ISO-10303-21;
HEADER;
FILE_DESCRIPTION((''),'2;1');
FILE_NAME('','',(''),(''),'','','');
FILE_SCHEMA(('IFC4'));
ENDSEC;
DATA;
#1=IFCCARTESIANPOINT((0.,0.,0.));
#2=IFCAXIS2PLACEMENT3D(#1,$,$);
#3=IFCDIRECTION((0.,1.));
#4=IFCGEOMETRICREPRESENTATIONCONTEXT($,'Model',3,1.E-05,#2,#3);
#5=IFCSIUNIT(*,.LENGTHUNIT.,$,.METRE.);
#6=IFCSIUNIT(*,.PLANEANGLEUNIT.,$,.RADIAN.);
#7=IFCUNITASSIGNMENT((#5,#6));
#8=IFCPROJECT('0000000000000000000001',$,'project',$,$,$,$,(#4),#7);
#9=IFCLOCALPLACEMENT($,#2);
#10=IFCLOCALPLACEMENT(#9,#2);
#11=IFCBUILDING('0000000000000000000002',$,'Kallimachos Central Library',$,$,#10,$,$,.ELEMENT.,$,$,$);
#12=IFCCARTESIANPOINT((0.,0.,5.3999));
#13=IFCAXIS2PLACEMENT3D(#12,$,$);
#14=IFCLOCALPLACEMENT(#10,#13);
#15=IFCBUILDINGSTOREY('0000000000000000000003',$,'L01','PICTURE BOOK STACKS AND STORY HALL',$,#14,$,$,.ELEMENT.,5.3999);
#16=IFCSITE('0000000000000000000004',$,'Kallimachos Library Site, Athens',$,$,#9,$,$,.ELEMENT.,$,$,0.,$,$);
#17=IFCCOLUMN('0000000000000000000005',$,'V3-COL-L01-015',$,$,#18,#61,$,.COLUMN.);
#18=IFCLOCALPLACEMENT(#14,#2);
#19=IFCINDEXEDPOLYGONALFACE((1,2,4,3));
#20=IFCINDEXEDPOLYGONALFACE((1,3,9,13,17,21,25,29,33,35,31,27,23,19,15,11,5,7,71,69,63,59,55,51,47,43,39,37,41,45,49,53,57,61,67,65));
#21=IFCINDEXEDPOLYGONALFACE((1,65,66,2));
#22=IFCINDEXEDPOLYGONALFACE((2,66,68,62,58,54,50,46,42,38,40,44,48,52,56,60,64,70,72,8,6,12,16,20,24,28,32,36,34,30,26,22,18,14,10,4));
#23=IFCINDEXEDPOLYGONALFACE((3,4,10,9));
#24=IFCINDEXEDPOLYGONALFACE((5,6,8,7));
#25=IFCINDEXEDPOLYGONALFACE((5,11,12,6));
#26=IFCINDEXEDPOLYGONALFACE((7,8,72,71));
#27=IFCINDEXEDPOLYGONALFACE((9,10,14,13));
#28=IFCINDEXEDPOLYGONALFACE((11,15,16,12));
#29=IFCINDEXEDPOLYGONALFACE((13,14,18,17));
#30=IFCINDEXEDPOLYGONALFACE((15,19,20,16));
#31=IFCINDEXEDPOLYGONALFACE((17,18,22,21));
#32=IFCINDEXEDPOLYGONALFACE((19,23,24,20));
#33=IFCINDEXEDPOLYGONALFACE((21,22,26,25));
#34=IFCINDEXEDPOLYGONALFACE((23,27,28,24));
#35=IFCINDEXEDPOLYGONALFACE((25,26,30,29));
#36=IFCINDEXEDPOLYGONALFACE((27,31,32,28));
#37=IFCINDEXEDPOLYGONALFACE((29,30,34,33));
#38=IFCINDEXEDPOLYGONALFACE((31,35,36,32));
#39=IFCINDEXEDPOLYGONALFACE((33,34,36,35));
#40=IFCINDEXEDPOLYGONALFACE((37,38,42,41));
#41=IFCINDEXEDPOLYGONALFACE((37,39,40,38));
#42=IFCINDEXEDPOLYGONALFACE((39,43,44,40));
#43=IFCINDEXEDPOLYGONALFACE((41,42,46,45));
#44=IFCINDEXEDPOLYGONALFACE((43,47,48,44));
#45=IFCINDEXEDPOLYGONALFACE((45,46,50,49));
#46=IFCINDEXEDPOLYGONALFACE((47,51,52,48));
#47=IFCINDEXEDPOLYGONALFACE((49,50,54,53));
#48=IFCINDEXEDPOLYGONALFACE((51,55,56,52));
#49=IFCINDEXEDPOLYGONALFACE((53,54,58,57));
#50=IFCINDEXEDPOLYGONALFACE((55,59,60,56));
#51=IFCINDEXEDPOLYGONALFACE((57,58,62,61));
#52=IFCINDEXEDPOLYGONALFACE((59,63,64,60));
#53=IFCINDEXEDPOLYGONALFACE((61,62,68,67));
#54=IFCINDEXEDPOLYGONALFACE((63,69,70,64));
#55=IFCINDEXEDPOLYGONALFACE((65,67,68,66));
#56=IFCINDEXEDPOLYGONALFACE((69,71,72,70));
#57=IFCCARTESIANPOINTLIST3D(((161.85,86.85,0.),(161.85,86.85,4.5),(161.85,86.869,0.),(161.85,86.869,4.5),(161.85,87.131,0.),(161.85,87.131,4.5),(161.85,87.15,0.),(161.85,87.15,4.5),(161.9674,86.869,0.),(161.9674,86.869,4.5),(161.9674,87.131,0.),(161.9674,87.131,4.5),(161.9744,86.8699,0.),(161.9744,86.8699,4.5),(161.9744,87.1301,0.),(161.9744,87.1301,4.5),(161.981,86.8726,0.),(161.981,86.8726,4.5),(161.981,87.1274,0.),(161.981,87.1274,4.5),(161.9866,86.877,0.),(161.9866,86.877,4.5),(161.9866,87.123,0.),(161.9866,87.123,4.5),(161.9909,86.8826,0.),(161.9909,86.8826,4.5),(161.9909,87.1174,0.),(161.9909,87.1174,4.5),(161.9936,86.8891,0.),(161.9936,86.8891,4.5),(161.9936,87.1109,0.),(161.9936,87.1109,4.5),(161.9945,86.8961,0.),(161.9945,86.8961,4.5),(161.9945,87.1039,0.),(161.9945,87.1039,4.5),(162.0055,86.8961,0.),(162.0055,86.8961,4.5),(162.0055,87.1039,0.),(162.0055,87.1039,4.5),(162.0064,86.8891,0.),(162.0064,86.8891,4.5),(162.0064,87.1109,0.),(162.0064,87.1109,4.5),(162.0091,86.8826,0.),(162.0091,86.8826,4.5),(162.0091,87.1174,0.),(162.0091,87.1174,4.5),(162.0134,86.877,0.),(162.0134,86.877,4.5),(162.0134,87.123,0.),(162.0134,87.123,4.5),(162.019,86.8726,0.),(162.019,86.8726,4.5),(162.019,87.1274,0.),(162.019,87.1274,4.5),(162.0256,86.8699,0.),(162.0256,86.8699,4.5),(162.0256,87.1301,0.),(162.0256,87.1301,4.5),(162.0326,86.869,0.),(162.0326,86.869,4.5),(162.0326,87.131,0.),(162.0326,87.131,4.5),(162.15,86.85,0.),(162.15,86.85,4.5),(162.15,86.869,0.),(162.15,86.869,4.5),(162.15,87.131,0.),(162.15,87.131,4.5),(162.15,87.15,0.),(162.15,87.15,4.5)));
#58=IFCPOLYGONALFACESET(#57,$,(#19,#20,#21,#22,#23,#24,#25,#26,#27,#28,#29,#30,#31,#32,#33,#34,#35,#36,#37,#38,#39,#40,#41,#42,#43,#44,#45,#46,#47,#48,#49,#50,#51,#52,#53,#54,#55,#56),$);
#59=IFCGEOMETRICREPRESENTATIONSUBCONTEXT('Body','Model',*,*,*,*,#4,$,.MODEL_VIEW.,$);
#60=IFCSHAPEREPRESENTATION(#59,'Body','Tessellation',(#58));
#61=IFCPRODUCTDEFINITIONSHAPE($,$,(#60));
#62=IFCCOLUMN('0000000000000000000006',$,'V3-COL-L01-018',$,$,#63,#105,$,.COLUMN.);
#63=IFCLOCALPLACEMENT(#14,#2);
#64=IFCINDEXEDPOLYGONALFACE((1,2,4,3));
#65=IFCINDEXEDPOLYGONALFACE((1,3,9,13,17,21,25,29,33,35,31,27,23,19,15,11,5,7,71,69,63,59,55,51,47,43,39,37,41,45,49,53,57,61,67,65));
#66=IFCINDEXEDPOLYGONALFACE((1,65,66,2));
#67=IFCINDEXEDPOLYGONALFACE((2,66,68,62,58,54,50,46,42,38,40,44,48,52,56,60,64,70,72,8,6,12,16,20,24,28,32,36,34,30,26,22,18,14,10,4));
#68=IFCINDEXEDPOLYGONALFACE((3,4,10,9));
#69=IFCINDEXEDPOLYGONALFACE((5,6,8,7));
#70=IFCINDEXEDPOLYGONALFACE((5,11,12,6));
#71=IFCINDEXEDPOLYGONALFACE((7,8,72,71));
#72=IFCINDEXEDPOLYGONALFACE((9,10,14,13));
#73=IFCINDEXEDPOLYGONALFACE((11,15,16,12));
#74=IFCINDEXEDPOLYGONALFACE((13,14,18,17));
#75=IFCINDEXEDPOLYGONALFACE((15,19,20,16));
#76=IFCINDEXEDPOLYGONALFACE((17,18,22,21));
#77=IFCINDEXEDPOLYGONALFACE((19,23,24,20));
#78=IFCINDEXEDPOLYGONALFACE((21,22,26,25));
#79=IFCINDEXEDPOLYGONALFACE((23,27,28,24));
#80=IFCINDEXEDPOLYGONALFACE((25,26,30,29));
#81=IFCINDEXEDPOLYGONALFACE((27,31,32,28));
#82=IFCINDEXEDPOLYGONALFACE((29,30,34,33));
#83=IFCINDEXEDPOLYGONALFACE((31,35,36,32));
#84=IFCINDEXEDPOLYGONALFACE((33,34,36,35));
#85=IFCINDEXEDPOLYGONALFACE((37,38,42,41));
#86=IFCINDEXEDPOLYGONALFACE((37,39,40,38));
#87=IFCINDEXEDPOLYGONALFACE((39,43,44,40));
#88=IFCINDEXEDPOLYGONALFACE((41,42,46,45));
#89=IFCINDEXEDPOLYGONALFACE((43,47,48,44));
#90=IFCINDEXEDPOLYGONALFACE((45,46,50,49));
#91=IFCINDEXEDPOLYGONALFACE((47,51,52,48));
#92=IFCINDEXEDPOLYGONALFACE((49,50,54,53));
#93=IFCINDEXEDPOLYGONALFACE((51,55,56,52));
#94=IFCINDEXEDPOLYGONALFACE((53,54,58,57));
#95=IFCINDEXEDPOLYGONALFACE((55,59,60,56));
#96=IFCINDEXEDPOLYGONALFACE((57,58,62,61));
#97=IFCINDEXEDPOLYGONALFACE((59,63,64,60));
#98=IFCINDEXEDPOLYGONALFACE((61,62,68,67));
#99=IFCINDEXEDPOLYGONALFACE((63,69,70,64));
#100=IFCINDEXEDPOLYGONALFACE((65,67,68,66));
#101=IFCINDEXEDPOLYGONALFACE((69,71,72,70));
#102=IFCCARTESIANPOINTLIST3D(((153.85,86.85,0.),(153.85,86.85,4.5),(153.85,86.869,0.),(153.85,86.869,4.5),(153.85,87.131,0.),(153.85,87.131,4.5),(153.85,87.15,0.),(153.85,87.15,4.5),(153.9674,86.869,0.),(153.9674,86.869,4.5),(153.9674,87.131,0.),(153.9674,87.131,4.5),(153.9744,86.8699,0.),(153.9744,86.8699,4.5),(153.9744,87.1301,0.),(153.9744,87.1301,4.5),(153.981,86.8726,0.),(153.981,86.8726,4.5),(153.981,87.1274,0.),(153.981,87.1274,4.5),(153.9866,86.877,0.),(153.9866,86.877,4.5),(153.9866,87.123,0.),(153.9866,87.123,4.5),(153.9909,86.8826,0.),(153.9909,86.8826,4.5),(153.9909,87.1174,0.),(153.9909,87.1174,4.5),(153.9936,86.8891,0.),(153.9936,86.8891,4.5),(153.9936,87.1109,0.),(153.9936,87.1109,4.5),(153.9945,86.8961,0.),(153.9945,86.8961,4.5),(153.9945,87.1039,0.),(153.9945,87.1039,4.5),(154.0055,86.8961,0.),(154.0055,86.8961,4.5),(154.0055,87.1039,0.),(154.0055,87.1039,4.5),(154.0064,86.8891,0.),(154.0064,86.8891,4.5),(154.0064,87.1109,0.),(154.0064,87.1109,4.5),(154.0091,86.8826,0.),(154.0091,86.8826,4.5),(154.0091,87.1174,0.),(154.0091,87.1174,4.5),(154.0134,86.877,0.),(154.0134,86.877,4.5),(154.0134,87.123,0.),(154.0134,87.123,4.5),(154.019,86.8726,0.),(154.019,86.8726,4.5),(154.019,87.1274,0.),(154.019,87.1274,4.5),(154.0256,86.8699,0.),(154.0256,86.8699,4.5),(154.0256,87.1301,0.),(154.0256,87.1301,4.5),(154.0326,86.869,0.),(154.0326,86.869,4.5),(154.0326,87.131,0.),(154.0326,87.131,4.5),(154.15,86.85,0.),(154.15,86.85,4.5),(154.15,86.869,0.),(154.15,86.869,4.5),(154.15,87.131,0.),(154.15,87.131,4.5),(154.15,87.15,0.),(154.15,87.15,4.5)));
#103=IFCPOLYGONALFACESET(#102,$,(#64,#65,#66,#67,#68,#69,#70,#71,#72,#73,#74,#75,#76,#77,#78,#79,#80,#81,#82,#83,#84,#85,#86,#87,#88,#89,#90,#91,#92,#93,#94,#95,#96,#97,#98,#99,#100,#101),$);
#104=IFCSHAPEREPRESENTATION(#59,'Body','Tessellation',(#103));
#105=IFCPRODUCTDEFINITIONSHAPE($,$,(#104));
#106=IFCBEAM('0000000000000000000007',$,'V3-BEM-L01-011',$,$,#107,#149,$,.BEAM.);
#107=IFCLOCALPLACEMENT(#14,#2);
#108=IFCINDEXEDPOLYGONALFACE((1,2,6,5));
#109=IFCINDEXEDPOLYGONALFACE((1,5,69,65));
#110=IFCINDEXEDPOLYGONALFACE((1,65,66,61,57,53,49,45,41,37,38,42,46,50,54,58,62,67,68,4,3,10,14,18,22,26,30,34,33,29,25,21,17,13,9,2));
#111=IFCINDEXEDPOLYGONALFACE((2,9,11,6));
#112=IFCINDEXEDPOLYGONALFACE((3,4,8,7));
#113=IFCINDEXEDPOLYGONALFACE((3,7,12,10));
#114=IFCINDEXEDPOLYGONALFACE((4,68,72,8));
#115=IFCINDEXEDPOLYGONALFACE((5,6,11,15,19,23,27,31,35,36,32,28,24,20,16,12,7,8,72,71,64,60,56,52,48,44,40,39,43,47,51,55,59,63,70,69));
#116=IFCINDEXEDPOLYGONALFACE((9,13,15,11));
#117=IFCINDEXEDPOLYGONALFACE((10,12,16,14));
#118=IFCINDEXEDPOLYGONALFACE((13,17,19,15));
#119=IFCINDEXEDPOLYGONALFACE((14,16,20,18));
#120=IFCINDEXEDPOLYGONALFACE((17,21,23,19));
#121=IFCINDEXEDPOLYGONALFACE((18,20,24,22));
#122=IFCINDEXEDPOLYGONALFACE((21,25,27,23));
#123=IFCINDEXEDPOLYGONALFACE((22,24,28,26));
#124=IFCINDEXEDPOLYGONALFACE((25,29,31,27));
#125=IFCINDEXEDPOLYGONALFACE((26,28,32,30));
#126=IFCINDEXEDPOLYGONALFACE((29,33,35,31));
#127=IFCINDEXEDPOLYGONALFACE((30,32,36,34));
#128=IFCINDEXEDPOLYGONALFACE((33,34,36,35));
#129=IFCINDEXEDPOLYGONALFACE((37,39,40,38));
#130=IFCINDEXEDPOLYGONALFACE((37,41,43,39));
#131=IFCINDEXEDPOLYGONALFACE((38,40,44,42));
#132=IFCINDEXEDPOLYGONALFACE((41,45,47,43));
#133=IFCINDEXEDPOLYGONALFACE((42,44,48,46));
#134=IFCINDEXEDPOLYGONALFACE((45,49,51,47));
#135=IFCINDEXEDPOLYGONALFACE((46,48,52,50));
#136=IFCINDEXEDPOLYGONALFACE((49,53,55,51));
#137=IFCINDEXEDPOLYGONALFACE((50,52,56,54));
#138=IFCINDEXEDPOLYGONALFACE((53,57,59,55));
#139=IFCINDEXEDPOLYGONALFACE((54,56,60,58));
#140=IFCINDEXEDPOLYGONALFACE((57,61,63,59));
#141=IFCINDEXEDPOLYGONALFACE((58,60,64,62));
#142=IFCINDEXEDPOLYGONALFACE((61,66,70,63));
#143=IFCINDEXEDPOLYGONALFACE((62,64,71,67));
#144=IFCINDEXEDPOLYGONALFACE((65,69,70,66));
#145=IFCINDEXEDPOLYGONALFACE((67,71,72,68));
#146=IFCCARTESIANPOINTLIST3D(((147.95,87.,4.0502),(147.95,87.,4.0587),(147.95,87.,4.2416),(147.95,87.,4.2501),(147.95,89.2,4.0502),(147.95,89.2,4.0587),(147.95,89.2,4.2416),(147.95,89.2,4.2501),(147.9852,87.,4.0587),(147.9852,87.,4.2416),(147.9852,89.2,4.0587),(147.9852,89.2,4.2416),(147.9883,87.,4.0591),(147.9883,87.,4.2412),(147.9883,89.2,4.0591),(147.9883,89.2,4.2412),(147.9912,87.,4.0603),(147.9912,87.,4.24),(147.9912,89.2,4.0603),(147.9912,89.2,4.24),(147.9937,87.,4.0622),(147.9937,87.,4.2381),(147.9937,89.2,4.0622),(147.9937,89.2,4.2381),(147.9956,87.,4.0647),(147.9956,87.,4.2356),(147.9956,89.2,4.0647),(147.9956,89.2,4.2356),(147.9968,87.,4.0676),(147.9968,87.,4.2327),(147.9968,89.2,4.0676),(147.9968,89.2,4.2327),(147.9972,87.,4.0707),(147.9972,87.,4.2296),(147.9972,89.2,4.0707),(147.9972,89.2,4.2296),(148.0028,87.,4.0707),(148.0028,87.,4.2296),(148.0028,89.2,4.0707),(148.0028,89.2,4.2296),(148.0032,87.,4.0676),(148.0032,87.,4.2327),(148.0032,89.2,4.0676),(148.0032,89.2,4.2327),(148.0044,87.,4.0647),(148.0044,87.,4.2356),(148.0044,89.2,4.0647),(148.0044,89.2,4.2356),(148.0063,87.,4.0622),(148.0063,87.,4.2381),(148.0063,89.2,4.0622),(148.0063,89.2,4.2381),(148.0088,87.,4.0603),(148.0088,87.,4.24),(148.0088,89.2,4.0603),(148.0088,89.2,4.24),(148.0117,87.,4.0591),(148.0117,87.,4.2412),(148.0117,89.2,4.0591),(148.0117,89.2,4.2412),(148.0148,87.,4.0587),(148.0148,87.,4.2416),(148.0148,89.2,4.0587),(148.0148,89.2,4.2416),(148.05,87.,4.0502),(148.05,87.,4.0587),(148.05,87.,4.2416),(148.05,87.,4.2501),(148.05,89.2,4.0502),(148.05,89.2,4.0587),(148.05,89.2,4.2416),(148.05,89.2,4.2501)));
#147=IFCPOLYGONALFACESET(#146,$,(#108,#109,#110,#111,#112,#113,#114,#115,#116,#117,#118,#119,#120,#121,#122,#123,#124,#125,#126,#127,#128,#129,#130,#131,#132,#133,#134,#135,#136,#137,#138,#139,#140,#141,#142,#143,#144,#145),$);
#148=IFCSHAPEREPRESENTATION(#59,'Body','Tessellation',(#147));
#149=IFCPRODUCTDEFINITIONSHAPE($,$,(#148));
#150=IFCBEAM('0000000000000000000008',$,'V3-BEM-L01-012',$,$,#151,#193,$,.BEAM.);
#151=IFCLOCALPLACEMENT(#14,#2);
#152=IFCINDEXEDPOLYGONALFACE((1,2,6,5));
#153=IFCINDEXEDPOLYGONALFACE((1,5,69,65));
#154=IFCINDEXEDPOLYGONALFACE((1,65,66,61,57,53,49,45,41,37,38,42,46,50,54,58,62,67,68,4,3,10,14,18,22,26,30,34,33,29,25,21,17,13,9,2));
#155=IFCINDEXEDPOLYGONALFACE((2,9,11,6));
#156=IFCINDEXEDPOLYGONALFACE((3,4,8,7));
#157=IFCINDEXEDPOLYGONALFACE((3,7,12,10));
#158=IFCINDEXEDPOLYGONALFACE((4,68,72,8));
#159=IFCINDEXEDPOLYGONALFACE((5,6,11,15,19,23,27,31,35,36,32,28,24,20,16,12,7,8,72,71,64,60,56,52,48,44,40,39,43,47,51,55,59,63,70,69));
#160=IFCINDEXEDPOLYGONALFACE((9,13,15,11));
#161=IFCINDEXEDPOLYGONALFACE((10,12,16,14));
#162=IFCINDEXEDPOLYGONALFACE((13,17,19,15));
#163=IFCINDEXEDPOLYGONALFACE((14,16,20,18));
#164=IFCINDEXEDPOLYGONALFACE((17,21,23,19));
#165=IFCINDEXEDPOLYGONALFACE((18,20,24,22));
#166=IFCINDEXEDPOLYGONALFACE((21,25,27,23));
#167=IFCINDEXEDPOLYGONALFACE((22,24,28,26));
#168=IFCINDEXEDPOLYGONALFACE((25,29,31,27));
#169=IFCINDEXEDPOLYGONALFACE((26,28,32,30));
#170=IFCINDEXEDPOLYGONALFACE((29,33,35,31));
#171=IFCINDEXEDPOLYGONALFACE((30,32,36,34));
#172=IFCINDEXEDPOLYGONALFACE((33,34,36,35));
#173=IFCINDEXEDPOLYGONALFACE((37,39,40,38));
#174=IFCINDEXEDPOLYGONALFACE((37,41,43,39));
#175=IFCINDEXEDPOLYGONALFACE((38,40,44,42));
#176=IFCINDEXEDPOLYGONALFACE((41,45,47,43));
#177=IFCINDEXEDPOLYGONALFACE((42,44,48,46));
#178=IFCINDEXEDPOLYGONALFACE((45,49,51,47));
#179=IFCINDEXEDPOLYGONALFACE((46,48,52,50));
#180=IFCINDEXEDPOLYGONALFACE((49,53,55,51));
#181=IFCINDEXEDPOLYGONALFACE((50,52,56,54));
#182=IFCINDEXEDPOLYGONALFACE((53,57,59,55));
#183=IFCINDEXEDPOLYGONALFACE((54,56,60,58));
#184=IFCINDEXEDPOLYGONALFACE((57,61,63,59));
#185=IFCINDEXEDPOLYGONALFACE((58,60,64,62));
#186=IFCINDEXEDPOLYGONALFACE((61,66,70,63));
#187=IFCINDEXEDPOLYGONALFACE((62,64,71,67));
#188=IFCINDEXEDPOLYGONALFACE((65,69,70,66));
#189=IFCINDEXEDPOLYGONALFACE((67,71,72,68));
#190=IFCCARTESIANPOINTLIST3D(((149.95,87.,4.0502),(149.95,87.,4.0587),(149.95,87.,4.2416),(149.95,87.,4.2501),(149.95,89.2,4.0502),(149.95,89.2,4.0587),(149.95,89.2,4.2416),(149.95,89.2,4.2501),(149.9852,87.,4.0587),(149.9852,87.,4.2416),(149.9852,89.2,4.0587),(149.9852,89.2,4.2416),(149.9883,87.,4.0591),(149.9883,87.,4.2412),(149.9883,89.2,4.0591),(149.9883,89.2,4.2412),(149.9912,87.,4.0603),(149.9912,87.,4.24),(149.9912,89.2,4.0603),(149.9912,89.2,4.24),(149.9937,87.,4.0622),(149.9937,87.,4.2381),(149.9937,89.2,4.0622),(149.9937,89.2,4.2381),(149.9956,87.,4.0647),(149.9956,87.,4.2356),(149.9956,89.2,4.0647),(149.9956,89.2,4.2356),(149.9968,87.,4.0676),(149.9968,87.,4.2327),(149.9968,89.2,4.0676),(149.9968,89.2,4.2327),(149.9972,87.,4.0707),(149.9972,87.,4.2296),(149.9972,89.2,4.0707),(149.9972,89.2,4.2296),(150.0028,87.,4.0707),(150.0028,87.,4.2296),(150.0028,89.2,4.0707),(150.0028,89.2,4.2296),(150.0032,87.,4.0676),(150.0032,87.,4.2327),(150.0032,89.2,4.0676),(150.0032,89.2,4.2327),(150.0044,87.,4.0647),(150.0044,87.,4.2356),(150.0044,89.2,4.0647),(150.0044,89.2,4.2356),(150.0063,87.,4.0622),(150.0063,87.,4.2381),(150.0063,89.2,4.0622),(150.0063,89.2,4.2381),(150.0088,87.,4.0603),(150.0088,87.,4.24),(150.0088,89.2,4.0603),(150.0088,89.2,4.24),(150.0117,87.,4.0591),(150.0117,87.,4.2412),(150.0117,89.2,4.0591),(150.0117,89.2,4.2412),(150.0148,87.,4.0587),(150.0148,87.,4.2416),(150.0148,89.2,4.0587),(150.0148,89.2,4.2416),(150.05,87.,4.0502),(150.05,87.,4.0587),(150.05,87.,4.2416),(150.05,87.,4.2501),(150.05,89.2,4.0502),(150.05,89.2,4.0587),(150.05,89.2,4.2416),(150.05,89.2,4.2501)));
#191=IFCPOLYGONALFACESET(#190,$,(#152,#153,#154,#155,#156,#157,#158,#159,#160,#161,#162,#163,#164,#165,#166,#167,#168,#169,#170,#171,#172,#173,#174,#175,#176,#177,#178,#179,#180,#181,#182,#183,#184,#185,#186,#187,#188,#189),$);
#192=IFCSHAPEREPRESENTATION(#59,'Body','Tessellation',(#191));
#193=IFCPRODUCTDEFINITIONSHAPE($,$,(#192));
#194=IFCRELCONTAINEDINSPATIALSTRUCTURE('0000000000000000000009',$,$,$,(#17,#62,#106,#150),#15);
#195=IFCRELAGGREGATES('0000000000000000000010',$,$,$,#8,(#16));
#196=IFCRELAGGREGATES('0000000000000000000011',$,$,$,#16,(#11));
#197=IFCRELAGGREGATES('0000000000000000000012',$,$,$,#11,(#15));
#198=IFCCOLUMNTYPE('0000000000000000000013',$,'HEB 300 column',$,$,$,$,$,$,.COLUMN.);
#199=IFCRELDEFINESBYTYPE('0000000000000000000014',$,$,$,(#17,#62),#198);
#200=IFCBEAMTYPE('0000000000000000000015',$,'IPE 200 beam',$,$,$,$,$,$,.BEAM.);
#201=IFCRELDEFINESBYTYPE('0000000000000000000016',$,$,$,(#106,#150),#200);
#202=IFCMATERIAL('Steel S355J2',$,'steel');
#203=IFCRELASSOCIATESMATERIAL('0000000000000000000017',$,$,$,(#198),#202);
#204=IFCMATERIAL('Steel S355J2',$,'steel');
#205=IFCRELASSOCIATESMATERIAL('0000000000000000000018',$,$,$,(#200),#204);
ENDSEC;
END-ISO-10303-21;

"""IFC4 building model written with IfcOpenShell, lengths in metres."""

from ifc_helpers import new_model, si_unit, direction, frame, origin, origin_2d, place, context, subcontext, project, spatial, i_section, extrude, material, material_profile, profile_set, type_object, element, save


model = new_model("IFC4")

# Units and contexts
model_context = context("Model", 3, precision=1e-05, world=origin(), true_north=direction((0.0, 1.0)))
body_context = subcontext(model_context, "Body", "Model", "MODEL_VIEW")
ifc_project = project(units=[si_unit("LENGTHUNIT", "METRE"), si_unit("PLANEANGLEUNIT", "RADIAN")], contexts=[model_context])

# Site, building, storey
site_placement = place(None, origin())
site = spatial("IfcSite", under=ifc_project, at=site_placement, Name="Kallimachos Library Site, Athens", CompositionType="ELEMENT", RefElevation=0.0)
building_placement = place(site_placement, origin())
building = spatial("IfcBuilding", under=site, at=building_placement, Name="Kallimachos Central Library", CompositionType="ELEMENT")
storey_placement = place(building_placement, frame((0.0, 0.0, 5.3999)))
storey = spatial("IfcBuildingStorey", under=building, at=storey_placement, Name="L01", Description="PICTURE BOOK STACKS AND STORY HALL", CompositionType="ELEMENT", Elevation=5.3999)

# Columns
ifc_material_1 = material(Name="Steel S355J2", Category="steel")
ifc_material_profile_1 = material_profile(ifc_material_1, i_section(OverallWidth=0.3, OverallDepth=0.3, WebThickness=0.011, FlangeThickness=0.019, FilletRadius=0.0271, at=origin_2d()), Name="HEB 300")
ifc_profile_set_1 = profile_set([ifc_material_profile_1], Name="Steel S355J2")
column_type = type_object("IfcColumnType", Name="HEB 300 column", PredefinedType="COLUMN", material=ifc_profile_set_1)
for number, where, z_axis, x_axis, name in (
    (1, (162.0, 87.0, 0.0), (0.0, 0.0, 1.0), (1.0, 0.0, 0.0), "V3-COL-L01-015"),
    (2, (154.0, 87.0, 0.0), (0.0, 0.0, 1.0), (1.0, 0.0, 0.0), "V3-COL-L01-018"),
):
    element("IfcColumn", number, at=place(storey_placement, frame(where, z_axis=z_axis, x_axis=x_axis)), inside=storey, type_object=column_type, Name=name, PredefinedType="COLUMN", context=body_context, shape_type="SweptSolid", body=[
        extrude(i_section(OverallWidth=0.3, OverallDepth=0.3, WebThickness=0.011, FlangeThickness=0.019, FilletRadius=0.0271, at=origin_2d()), origin(), (0.0, 0.0, 1.0), 4.5),
    ])

# Beams
ifc_material_2 = material(Name="Steel S355J2", Category="steel")
ifc_material_profile_2 = material_profile(ifc_material_2, i_section(OverallWidth=0.1001, OverallDepth=0.2, WebThickness=0.0056, FlangeThickness=0.0085, FilletRadius=0.012, at=origin_2d()), Name="IPE 200")
ifc_profile_set_2 = profile_set([ifc_material_profile_2], Name="Steel S355J2")
beam_type = type_object("IfcBeamType", Name="IPE 200 beam", PredefinedType="BEAM", material=ifc_profile_set_2)
for number, where, z_axis, x_axis, name in (
    (3, (148.0, 87.0, 4.1501), (0.0, 1.0, 0.0), (-1.0, 0.0, 0.0), "V3-BEM-L01-011"),
    (4, (150.0, 87.0, 4.1501), (0.0, 1.0, 0.0), (-1.0, 0.0, 0.0), "V3-BEM-L01-012"),
):
    element("IfcBeam", number, at=place(storey_placement, frame(where, z_axis=z_axis, x_axis=x_axis)), inside=storey, type_object=beam_type, Name=name, PredefinedType="BEAM", context=body_context, shape_type="SweptSolid", body=[
        extrude(i_section(OverallWidth=0.1001, OverallDepth=0.2, WebThickness=0.0056, FlangeThickness=0.0085, FilletRadius=0.012, at=origin_2d()), origin(), (0.0, 0.0, 1.0), 2.2),
    ])

save(model, "model.ifc")
